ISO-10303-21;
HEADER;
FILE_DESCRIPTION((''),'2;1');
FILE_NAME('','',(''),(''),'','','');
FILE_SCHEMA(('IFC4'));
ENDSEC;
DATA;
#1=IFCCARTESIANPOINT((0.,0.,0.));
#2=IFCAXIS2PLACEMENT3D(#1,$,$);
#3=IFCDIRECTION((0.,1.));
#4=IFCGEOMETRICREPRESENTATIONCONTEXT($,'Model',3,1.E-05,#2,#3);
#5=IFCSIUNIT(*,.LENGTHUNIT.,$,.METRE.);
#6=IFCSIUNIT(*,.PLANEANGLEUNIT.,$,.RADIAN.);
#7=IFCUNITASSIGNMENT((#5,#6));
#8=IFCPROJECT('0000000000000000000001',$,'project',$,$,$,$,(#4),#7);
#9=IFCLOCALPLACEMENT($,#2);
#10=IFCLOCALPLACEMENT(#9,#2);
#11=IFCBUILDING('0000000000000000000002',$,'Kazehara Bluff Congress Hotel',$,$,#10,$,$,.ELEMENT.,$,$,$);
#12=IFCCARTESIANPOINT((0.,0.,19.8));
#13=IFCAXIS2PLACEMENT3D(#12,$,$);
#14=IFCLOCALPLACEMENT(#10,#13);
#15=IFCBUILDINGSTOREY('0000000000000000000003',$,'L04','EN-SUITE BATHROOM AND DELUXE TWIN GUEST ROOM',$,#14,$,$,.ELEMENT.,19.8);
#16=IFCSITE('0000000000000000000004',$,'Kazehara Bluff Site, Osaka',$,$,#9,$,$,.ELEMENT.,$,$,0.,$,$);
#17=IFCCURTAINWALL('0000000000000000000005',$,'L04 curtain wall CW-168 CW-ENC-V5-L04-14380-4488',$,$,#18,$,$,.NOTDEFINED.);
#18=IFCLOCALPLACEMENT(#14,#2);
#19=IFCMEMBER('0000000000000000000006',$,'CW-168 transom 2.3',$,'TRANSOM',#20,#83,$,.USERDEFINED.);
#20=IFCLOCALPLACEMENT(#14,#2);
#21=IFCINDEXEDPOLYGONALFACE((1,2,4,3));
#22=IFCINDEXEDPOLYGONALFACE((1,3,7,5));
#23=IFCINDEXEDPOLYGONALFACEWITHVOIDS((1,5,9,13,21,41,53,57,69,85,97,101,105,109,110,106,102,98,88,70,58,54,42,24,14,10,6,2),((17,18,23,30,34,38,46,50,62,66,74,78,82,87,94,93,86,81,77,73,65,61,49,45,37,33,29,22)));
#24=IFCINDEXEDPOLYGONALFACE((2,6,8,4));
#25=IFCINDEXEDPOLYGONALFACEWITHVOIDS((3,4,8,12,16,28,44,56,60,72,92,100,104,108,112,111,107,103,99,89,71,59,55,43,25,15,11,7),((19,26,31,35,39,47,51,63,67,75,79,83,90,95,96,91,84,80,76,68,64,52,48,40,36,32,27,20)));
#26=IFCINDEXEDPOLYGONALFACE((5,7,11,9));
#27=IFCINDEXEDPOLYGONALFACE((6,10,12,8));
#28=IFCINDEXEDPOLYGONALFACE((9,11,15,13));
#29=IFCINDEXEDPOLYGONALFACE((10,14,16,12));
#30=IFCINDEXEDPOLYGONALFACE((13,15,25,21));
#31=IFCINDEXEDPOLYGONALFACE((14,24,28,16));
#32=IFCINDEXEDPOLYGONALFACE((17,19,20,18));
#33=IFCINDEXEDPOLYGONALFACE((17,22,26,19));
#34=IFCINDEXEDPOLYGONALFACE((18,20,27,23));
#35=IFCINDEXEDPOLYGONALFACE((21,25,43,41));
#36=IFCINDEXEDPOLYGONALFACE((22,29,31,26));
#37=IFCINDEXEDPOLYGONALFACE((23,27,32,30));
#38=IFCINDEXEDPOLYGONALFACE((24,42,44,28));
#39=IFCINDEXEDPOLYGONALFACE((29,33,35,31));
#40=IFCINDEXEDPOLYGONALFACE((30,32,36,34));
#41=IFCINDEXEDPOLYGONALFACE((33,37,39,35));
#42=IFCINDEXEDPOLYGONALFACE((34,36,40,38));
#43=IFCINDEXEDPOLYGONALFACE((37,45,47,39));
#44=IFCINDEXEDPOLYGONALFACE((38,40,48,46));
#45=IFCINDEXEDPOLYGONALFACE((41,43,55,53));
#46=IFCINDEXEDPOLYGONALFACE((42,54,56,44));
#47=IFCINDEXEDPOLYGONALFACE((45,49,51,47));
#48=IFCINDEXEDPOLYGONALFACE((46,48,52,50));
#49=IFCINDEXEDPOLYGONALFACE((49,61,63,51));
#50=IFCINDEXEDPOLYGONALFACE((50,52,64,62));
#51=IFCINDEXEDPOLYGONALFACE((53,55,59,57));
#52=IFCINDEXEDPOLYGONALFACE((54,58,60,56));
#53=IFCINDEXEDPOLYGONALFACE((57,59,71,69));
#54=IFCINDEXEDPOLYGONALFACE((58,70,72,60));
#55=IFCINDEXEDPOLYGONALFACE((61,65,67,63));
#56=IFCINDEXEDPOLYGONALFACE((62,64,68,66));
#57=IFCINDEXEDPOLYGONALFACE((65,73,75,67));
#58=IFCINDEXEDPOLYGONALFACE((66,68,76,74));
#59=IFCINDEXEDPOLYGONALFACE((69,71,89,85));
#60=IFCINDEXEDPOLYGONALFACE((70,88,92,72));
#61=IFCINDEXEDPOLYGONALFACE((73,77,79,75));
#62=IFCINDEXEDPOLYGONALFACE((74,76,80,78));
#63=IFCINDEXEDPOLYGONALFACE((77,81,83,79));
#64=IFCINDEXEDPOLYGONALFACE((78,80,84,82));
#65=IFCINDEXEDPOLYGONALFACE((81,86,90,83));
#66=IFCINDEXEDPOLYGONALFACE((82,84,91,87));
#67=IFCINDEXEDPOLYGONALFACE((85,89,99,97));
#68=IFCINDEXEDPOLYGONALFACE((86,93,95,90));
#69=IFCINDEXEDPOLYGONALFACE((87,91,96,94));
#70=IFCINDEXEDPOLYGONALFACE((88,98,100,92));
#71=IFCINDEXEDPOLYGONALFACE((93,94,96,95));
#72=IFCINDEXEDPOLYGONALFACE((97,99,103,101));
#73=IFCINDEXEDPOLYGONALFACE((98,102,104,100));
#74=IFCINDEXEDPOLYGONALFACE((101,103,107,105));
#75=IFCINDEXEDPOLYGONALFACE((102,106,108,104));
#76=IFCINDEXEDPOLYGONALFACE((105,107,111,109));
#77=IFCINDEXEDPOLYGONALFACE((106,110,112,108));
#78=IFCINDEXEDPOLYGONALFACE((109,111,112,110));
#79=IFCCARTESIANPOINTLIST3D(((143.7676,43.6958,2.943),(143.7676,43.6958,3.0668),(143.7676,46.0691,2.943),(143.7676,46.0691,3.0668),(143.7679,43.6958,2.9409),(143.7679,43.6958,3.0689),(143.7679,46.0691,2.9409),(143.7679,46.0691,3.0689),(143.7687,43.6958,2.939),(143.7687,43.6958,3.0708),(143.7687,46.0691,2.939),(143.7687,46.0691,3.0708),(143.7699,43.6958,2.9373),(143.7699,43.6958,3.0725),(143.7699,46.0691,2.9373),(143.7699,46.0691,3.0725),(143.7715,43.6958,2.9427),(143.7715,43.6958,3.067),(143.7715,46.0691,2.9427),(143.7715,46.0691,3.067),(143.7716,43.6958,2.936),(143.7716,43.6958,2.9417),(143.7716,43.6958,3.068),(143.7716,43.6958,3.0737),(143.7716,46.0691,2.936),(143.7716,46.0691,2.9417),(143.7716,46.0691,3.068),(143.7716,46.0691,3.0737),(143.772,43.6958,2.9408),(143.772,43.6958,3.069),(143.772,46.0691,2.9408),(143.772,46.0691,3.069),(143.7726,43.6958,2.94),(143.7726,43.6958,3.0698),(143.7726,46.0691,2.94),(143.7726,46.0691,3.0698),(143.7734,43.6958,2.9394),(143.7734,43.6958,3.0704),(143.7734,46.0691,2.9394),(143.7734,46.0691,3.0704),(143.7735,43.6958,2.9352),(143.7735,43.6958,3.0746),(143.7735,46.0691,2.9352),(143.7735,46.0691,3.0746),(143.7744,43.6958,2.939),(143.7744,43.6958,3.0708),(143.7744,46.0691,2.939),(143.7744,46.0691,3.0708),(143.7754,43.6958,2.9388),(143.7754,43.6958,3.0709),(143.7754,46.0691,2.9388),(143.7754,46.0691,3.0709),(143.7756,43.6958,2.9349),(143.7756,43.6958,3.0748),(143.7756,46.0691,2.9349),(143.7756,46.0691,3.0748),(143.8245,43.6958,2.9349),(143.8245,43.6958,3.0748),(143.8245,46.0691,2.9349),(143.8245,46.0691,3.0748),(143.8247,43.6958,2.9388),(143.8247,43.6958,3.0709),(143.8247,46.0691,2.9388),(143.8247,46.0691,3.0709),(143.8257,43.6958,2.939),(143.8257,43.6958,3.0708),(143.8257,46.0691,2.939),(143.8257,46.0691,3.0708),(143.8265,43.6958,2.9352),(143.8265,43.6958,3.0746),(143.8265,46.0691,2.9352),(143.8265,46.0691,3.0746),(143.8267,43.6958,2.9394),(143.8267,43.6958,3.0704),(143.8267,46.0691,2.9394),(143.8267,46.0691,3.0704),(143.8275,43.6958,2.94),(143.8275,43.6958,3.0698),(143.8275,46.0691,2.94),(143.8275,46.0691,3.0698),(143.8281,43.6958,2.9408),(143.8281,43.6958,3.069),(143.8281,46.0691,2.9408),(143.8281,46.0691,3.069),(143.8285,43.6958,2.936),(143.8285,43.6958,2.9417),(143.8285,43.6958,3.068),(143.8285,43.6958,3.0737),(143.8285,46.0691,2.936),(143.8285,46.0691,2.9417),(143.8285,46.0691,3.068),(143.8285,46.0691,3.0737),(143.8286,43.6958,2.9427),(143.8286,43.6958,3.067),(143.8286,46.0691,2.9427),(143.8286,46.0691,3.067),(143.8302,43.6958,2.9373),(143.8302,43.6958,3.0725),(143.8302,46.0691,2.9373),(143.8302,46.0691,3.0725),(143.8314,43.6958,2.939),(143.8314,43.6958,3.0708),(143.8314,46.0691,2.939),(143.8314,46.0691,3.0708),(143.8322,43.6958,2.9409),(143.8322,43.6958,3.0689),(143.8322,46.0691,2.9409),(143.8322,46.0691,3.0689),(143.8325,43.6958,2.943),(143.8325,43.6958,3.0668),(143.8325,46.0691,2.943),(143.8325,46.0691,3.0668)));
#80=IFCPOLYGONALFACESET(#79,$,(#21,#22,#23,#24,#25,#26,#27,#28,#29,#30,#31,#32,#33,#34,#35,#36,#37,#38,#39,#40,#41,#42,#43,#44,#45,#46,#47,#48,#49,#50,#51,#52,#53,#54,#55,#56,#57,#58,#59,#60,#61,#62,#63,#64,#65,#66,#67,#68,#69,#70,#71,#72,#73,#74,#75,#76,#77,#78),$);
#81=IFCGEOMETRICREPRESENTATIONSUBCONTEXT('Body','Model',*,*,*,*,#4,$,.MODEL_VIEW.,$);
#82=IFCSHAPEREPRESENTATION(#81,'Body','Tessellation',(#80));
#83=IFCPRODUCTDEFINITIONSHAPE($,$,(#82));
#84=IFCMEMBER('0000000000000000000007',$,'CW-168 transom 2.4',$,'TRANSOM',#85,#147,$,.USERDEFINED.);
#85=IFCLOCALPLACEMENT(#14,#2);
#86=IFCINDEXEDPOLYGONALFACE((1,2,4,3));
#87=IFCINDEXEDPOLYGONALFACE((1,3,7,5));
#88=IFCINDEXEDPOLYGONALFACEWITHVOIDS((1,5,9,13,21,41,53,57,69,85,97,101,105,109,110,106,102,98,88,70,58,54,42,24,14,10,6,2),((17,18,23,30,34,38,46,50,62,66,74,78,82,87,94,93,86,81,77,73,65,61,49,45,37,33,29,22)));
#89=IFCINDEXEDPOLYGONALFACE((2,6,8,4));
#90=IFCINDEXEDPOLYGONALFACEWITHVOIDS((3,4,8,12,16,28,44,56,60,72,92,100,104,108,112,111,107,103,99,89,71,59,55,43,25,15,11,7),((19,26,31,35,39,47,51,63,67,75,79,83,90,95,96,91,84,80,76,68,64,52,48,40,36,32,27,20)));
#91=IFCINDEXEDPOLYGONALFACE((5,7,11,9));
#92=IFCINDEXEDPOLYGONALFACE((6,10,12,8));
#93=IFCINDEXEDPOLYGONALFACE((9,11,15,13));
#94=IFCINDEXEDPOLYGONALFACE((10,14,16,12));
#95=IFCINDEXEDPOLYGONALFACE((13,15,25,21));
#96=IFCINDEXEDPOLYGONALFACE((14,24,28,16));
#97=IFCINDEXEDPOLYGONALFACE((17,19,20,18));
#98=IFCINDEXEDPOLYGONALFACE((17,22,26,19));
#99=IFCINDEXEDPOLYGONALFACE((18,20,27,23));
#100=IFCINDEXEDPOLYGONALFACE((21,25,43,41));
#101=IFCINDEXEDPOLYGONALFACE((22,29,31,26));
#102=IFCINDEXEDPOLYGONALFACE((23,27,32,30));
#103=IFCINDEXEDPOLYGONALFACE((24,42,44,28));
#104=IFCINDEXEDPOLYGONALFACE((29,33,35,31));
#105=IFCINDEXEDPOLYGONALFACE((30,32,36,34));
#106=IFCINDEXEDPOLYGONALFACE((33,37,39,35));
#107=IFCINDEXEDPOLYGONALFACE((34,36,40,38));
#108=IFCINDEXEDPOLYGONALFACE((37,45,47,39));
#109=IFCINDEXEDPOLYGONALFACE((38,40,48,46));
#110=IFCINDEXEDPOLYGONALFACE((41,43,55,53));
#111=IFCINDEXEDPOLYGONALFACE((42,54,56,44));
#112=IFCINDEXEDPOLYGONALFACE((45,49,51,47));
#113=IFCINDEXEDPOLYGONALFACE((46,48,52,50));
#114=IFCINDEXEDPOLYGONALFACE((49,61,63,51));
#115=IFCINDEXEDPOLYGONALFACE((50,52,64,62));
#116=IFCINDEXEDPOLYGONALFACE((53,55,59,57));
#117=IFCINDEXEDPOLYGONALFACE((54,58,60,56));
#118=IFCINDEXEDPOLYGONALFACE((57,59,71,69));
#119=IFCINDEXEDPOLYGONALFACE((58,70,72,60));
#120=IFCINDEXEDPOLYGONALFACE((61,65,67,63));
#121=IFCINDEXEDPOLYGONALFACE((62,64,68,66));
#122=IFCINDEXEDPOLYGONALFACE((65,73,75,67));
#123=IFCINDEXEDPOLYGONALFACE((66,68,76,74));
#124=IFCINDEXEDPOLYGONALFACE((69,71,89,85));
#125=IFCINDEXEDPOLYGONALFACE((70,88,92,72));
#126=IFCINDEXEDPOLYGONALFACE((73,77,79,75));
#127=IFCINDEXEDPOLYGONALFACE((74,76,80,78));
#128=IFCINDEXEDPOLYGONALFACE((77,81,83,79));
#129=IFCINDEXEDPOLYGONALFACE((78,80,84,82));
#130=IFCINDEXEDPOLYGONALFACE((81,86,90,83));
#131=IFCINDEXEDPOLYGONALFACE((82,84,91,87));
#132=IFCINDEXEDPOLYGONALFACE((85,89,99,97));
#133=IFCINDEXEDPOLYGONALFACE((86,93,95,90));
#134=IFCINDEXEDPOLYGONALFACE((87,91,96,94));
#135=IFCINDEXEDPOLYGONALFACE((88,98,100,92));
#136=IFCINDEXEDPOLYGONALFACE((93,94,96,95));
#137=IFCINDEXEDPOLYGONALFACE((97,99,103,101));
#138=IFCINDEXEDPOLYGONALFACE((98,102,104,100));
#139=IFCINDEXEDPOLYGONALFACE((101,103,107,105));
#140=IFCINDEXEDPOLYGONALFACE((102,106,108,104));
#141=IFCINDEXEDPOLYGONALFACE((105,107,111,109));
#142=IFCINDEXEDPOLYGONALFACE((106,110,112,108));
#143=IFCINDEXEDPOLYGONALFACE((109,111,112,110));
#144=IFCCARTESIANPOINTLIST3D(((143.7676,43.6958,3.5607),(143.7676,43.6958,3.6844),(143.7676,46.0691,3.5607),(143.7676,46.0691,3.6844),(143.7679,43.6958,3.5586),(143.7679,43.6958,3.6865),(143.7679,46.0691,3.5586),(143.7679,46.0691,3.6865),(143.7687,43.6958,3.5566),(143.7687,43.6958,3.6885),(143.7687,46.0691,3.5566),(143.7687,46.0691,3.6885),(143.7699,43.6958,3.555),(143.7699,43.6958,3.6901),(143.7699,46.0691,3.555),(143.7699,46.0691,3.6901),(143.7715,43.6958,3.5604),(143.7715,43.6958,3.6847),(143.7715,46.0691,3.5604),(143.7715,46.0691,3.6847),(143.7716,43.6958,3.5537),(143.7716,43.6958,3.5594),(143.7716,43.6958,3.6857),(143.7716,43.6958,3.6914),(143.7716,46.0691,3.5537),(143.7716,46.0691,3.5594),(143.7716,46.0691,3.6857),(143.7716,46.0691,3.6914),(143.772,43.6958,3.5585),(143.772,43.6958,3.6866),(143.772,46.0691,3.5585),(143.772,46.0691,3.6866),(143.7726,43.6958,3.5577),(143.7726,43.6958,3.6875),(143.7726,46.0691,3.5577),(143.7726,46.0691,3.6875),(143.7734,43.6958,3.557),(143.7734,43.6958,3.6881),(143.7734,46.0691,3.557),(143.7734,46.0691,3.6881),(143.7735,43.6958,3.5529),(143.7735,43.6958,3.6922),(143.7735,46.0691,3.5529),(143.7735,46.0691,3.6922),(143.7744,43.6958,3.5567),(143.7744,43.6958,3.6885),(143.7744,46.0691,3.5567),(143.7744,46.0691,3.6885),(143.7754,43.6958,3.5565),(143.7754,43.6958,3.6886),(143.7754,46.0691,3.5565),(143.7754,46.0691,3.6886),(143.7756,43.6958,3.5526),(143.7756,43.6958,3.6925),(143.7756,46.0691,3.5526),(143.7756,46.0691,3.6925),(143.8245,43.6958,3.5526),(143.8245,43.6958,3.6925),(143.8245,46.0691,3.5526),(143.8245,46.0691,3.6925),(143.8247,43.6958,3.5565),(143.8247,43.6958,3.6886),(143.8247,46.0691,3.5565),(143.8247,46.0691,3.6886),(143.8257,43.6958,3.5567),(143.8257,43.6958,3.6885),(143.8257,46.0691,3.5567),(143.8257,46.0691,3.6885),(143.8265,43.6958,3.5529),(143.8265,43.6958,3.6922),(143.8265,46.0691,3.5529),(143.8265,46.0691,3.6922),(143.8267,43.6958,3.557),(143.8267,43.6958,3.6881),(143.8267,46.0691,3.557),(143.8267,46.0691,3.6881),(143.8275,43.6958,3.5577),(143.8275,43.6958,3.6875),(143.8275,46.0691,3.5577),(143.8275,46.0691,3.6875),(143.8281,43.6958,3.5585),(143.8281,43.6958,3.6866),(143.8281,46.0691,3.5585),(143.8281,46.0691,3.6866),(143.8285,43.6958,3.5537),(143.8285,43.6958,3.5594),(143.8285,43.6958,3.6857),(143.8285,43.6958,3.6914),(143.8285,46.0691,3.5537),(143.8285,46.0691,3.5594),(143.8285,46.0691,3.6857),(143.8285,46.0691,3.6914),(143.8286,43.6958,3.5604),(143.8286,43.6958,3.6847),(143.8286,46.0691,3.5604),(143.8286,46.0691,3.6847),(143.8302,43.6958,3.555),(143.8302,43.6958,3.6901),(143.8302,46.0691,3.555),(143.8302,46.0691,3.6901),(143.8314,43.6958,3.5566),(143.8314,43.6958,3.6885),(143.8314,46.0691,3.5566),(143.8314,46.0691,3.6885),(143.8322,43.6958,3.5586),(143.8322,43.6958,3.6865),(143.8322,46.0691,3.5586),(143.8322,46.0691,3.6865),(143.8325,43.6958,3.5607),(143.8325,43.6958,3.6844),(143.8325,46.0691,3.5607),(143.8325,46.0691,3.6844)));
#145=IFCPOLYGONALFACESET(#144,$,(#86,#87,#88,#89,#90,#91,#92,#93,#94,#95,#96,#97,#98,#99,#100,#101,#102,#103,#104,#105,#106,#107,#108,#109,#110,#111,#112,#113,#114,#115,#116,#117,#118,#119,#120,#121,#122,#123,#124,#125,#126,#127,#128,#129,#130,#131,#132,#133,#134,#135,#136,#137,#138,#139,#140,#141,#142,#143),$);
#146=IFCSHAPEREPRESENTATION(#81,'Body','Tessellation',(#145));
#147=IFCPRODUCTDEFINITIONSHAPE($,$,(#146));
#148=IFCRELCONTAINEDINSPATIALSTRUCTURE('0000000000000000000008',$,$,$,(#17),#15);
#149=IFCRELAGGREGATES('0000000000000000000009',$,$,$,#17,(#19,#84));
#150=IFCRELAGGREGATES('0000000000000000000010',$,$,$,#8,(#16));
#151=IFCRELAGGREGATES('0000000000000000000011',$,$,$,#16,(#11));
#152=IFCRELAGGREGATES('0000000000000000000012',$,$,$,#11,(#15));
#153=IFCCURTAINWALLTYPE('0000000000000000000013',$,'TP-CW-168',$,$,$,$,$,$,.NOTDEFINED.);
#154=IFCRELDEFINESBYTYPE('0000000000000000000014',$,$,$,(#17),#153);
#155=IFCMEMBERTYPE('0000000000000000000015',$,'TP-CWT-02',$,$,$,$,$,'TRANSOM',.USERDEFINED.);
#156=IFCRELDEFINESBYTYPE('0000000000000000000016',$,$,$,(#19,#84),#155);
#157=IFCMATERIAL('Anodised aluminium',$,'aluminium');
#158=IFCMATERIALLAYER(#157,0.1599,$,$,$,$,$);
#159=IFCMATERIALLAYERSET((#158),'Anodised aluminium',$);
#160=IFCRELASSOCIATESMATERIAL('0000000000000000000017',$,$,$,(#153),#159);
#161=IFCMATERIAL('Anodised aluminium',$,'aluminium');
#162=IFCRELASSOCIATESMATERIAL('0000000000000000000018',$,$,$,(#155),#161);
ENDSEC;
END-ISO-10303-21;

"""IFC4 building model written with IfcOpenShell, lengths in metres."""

from ifc_helpers import new_model, si_unit, direction, frame, origin, origin_2d, place, context, subcontext, project, spatial, hollow_rectangle, extrude, material, layer, layer_set, material_profile, profile_set, type_object, element, aggregate, save


model = new_model("IFC4")

# Units and contexts
model_context = context("Model", 3, precision=1e-05, world=origin(), true_north=direction((0.0, 1.0)))
body_context = subcontext(model_context, "Body", "Model", "MODEL_VIEW")
ifc_project = project(units=[si_unit("LENGTHUNIT", "METRE"), si_unit("PLANEANGLEUNIT", "RADIAN")], contexts=[model_context])

# Site, building, storey
site_placement = place(None, origin())
site = spatial("IfcSite", under=ifc_project, at=site_placement, Name="Kazehara Bluff Site, Osaka", CompositionType="ELEMENT", RefElevation=0.0)
building_placement = place(site_placement, origin())
building = spatial("IfcBuilding", under=site, at=building_placement, Name="Kazehara Bluff Congress Hotel", CompositionType="ELEMENT")
storey_placement = place(building_placement, frame((0.0, 0.0, 19.8)))
storey = spatial("IfcBuildingStorey", under=building, at=storey_placement, Name="L04", Description="EN-SUITE BATHROOM AND DELUXE TWIN GUEST ROOM", CompositionType="ELEMENT", Elevation=19.8)

# Curtain wall
ifc_material_1 = material(Name="Anodised aluminium", Category="aluminium")
ifc_layer_1 = layer(ifc_material_1, 0.1599)
ifc_layer_set_1 = layer_set([ifc_layer_1], Name="Anodised aluminium")
curtain_wall_type_1 = type_object("IfcCurtainWallType", Name="TP-CW-168", PredefinedType="NOTDEFINED", material=ifc_layer_set_1)
curtain_wall_1_placement = place(storey_placement, origin())
curtain_wall_1 = element("IfcCurtainWall", 1, at=curtain_wall_1_placement, inside=storey, type_object=curtain_wall_type_1, Name="L04 curtain wall CW-168 CW-ENC-V5-L04-14380-4488", PredefinedType="NOTDEFINED")

# Members
ifc_material_2 = material(Name="Anodised aluminium", Category="aluminium")
ifc_material_profile_1 = material_profile(ifc_material_2, hollow_rectangle(XDim=0.0649, YDim=0.1399, WallThickness=0.0039, InnerFilletRadius=0.0039, OuterFilletRadius=0.0081, at=origin_2d()))
ifc_profile_set_1 = profile_set([ifc_material_profile_1], Name="Anodised aluminium")
member_type_1 = type_object("IfcMemberType", Name="TP-CWT-02", ElementType="TRANSOM", PredefinedType="USERDEFINED", material=ifc_profile_set_1)
member_1_placement = place(storey_placement, frame((143.8, 43.6958, 3.0049), z_axis=(0.0, 1.0, 0.0), x_axis=(-1.0, 0.0, 0.0)))
member_1 = element("IfcMember", 2, at=member_1_placement, type_object=member_type_1, Name="CW-168 transom 2.3", ObjectType="TRANSOM", PredefinedType="USERDEFINED", context=body_context, shape_type="SweptSolid", body=[
    extrude(hollow_rectangle(XDim=0.0649, YDim=0.1399, WallThickness=0.0039, InnerFilletRadius=0.0039, OuterFilletRadius=0.0081, at=origin_2d()), origin(), (0.0, 0.0, 1.0), 2.3733),
])
member_2_placement = place(storey_placement, frame((143.8, 43.6958, 3.6226), z_axis=(0.0, 1.0, 0.0), x_axis=(-1.0, 0.0, 0.0)))
member_2 = element("IfcMember", 3, at=member_2_placement, type_object=member_type_1, Name="CW-168 transom 2.4", ObjectType="TRANSOM", PredefinedType="USERDEFINED", context=body_context, shape_type="SweptSolid", body=[
    extrude(hollow_rectangle(XDim=0.0649, YDim=0.1399, WallThickness=0.0039, InnerFilletRadius=0.0039, OuterFilletRadius=0.0081, at=origin_2d()), origin(), (0.0, 0.0, 1.0), 2.3733),
])

aggregate(curtain_wall_1, [member_1, member_2])

save(model, "model.ifc")
